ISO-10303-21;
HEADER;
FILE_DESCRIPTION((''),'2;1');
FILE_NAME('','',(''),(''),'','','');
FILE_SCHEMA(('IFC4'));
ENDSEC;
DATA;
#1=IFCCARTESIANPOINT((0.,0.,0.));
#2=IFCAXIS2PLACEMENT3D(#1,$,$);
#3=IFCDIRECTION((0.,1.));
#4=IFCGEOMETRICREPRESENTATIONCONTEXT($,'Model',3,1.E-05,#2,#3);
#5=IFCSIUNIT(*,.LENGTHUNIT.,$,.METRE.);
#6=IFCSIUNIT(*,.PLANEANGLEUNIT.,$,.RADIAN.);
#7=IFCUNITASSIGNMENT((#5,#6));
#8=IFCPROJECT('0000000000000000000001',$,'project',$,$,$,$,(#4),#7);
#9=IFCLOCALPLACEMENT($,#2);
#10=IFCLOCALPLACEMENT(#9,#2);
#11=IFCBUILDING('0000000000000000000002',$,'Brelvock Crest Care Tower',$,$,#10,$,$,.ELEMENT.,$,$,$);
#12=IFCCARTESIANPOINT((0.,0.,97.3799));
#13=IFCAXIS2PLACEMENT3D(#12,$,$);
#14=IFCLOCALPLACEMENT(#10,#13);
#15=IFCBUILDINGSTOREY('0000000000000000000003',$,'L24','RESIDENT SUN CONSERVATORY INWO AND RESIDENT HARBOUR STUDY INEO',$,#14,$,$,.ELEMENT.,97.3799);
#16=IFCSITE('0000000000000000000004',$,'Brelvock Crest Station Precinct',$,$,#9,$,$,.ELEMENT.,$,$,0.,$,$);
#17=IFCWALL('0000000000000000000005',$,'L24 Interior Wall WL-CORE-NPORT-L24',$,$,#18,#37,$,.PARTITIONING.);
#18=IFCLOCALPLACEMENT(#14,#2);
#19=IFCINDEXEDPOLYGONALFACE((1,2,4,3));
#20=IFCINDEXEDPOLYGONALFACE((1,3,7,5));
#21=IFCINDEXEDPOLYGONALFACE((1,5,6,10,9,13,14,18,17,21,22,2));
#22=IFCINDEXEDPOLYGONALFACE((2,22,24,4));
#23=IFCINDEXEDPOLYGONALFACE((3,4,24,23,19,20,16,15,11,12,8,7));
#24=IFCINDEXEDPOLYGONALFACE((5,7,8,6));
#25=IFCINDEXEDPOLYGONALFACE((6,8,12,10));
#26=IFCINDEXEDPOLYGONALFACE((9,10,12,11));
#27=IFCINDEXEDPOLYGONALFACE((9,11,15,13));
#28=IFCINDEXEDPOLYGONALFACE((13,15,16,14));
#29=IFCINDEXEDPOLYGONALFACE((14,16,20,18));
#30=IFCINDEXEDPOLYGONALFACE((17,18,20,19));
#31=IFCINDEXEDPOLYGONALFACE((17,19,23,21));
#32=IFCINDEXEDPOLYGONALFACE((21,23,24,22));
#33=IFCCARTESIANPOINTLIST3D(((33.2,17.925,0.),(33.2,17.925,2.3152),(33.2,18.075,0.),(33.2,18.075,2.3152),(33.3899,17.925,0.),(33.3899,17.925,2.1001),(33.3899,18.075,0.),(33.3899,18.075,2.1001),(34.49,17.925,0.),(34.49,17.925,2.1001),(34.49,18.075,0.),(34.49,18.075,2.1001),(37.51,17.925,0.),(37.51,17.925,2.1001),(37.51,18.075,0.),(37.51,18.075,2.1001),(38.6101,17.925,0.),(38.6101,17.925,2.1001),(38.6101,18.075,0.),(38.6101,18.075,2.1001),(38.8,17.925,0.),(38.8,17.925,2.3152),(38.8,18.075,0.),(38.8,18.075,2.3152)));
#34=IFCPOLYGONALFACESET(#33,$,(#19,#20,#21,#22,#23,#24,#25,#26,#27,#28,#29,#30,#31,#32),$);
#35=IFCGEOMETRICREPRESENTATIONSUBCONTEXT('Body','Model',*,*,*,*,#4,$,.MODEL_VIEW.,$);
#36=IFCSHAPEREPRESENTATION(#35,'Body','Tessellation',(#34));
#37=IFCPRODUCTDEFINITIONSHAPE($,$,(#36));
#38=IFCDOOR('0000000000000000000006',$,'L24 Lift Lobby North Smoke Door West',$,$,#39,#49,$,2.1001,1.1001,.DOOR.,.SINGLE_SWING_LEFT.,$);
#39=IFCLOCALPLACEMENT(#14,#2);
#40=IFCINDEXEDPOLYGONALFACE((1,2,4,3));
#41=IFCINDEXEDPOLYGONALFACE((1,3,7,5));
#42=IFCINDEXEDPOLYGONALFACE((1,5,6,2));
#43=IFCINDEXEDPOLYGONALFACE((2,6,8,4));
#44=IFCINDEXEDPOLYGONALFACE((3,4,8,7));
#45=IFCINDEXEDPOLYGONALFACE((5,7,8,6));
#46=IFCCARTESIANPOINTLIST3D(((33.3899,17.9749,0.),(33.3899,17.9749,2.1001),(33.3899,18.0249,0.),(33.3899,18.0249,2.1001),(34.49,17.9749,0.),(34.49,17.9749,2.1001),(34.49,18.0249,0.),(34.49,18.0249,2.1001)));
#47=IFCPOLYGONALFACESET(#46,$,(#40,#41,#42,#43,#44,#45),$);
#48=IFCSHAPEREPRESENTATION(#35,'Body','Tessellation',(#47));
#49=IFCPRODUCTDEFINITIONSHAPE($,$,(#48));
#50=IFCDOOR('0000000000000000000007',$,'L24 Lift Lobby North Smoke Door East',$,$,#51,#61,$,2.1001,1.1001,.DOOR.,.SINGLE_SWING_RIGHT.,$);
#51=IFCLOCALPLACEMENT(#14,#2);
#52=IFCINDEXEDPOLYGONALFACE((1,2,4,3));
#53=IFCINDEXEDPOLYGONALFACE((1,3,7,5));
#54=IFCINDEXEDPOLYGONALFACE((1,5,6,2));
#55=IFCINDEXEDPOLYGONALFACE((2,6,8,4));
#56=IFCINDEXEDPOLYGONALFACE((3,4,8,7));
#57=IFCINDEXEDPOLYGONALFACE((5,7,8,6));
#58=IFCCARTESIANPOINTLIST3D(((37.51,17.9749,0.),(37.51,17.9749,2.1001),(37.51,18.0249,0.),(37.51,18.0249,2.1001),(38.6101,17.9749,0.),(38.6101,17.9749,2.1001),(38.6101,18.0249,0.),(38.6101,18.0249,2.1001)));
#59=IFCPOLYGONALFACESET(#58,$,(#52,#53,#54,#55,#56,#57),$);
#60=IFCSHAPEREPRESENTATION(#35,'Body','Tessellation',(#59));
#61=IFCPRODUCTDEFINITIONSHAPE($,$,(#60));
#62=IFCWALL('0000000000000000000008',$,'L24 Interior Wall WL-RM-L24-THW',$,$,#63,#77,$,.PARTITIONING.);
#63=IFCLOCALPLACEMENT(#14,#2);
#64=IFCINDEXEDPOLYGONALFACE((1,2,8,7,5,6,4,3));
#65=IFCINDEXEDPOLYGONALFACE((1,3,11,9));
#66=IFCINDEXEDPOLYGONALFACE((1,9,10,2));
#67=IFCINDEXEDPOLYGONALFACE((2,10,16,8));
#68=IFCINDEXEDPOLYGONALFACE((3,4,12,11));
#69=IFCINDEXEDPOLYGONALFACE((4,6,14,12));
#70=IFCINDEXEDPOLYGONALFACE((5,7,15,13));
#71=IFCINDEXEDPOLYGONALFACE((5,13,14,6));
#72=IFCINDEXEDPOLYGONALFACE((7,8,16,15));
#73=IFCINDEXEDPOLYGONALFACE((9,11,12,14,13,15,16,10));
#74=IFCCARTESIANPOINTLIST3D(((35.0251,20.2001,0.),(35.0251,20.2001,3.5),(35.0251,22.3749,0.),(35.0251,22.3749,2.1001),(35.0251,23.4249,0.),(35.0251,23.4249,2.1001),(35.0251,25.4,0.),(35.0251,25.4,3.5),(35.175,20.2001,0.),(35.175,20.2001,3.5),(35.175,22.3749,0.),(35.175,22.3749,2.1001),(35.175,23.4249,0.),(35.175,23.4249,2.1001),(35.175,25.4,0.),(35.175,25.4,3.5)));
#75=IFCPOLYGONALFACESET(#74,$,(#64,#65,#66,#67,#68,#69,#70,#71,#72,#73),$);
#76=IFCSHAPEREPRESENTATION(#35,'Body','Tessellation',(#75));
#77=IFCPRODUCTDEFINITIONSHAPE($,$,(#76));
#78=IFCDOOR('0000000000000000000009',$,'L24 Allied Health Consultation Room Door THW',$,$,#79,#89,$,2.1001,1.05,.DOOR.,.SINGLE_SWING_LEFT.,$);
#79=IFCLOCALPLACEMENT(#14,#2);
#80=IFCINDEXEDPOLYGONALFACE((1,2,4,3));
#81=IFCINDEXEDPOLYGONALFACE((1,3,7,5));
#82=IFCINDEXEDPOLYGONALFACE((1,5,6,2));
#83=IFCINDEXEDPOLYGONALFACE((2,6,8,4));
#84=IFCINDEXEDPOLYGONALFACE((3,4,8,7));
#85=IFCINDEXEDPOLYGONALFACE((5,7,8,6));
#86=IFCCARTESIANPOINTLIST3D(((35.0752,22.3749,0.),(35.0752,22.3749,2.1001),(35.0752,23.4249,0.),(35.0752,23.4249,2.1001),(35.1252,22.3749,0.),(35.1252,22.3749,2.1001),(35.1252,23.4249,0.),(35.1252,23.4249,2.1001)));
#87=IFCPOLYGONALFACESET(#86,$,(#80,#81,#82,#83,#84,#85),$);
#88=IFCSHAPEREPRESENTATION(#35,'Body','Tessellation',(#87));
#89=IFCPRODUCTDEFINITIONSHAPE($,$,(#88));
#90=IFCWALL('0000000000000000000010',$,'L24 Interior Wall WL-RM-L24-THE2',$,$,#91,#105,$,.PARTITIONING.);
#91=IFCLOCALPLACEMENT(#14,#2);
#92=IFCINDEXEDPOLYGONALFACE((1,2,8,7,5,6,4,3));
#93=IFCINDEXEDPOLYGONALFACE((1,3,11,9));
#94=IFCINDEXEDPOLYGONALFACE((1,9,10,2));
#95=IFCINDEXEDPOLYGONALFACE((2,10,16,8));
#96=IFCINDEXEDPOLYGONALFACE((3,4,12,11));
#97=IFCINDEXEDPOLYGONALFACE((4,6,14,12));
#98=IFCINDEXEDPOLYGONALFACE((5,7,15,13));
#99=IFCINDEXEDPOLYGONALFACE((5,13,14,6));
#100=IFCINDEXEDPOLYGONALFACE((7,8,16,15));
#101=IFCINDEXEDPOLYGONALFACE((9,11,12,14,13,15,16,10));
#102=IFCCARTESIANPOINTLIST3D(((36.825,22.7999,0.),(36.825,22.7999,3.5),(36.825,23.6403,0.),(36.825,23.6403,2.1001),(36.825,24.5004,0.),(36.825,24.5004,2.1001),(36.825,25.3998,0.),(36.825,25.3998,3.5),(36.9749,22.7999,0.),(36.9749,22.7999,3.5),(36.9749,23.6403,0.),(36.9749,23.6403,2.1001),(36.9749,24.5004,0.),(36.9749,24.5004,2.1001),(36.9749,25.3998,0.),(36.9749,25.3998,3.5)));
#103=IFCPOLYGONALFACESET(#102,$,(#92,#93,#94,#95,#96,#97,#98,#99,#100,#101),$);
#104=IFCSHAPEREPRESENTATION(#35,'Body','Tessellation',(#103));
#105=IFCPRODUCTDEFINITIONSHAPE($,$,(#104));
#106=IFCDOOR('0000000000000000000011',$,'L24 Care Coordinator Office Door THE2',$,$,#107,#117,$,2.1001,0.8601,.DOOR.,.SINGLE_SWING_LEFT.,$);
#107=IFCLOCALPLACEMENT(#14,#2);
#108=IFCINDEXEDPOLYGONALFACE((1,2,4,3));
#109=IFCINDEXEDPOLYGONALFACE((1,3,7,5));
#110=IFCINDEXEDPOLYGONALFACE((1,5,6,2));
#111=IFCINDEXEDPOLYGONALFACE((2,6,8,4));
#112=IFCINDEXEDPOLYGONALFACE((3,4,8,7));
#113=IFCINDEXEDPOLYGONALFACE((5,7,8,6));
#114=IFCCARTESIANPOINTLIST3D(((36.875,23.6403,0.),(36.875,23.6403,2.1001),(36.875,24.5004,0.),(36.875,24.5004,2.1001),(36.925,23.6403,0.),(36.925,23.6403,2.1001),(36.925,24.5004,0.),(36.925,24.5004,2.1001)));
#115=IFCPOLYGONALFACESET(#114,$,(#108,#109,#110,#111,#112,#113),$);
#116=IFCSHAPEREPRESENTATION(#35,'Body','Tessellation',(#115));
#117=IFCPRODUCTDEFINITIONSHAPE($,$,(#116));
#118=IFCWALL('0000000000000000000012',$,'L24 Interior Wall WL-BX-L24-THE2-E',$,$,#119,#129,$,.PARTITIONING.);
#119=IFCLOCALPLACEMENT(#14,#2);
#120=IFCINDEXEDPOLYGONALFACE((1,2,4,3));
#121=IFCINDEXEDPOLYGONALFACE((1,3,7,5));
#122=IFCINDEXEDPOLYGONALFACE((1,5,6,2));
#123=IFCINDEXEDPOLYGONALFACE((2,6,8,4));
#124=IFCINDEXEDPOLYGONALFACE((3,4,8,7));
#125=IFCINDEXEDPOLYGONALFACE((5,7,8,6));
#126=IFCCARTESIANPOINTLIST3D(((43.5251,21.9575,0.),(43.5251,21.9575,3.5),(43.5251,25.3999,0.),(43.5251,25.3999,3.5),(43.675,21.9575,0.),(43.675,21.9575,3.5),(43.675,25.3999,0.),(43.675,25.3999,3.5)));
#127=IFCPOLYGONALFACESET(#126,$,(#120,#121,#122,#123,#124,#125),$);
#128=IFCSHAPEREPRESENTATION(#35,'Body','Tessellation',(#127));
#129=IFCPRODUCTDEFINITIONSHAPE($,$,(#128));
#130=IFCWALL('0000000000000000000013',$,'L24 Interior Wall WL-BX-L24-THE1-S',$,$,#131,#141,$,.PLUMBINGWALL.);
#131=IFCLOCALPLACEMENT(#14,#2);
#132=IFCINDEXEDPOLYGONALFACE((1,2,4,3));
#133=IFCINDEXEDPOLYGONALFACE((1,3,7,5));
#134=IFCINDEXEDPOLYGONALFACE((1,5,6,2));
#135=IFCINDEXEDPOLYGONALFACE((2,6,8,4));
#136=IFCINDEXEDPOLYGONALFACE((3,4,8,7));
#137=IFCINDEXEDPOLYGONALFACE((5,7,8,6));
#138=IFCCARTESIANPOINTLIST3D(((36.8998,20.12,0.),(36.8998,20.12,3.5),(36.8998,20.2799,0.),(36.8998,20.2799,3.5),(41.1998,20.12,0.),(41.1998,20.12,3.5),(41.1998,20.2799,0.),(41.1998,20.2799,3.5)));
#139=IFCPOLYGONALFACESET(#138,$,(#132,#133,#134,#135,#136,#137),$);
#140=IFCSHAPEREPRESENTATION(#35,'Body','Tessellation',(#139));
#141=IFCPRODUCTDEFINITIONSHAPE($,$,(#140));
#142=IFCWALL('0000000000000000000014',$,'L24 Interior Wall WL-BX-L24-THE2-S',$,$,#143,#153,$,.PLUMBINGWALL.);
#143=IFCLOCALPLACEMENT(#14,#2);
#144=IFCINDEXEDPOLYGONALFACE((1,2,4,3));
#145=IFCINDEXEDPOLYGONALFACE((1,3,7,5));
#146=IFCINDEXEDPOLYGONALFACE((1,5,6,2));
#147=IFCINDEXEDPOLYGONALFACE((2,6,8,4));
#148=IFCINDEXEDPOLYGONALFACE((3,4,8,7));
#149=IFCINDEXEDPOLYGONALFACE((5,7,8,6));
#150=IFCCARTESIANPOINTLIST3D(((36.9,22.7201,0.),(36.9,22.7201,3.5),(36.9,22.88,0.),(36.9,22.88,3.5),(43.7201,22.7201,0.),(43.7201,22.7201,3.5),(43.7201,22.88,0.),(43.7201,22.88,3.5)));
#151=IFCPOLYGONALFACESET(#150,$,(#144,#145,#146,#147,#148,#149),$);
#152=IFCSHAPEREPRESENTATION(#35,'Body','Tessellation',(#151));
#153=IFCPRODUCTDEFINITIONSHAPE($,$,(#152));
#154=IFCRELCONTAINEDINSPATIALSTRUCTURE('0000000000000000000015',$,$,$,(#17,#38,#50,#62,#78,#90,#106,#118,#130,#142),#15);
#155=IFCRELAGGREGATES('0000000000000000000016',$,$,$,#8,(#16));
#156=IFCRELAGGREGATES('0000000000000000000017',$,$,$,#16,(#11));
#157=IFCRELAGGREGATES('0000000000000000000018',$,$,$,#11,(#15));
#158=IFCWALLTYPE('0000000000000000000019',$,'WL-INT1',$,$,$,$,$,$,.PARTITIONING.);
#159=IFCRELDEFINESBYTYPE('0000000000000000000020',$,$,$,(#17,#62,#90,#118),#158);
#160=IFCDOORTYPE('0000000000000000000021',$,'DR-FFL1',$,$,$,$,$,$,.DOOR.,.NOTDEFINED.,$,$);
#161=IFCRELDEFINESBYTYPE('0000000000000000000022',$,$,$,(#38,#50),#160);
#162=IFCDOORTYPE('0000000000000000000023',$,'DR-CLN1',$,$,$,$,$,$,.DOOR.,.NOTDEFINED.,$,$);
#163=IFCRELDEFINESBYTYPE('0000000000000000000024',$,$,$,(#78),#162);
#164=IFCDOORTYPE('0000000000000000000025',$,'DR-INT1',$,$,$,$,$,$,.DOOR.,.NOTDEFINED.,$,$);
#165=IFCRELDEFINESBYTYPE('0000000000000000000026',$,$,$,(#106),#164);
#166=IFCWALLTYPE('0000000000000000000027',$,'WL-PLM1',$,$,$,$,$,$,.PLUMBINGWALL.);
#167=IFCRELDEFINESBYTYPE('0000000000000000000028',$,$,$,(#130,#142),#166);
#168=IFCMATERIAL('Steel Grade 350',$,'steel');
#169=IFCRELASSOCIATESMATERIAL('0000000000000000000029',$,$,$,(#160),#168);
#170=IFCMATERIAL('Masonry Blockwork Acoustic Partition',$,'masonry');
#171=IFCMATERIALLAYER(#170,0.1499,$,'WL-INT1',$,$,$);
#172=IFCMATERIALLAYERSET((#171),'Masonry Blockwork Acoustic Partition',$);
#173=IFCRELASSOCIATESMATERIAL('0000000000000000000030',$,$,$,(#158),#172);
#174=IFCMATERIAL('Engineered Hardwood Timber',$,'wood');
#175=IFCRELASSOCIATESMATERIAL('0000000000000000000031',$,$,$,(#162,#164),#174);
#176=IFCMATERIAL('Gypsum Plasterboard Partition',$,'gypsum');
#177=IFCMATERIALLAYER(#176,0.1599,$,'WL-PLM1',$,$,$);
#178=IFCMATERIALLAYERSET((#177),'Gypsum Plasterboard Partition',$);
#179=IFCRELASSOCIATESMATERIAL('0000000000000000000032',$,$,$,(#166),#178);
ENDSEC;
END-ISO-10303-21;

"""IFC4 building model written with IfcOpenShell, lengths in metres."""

from ifc_helpers import new_model, si_unit, direction, frame, frame_2d, origin, origin_2d, place, context, subcontext, project, spatial, rectangle, extrude, source, transform, mapped, material, layer, layer_set, type_object, element, fill, save


model = new_model("IFC4")

# Units and contexts
model_context = context("Model", 3, precision=1e-05, world=origin(), true_north=direction((0.0, 1.0)))
body_context = subcontext(model_context, "Body", "Model", "MODEL_VIEW")
ifc_project = project(units=[si_unit("LENGTHUNIT", "METRE"), si_unit("PLANEANGLEUNIT", "RADIAN")], contexts=[model_context])

# Site, building, storey
site_placement = place(None, origin())
site = spatial("IfcSite", under=ifc_project, at=site_placement, Name="Brelvock Crest Station Precinct", CompositionType="ELEMENT", RefElevation=0.0)
building_placement = place(site_placement, origin())
building = spatial("IfcBuilding", under=site, at=building_placement, Name="Brelvock Crest Care Tower", CompositionType="ELEMENT")
storey_placement = place(building_placement, frame((0.0, 0.0, 97.3799)))
storey = spatial("IfcBuildingStorey", under=building, at=storey_placement, Name="L24", Description="RESIDENT SUN CONSERVATORY INWO AND RESIDENT HARBOUR STUDY INEO", CompositionType="ELEMENT", Elevation=97.3799)

# Shared definitions
ifc_material_1 = material(Name="Steel Grade 350", Category="steel")

# Shared definitions
door_type_1 = type_object("IfcDoorType", Name="DR-FFL1", OperationType="NOTDEFINED", PredefinedType="DOOR", material=ifc_material_1)
shared_shape_1 = source(origin(), body_context, "Body", "SweptSolid", [
    extrude(rectangle(XDim=1.1001, YDim=2.1001, at=origin_2d()), frame((0.55, 0.0249, 1.05), z_axis=(0.0, -1.0, 0.0), x_axis=(1.0, 0.0, 0.0)), (0.0, 0.0, 1.0), 0.05),
])

# Wall, openings, doors
ifc_material_2 = material(Name="Masonry Blockwork Acoustic Partition", Category="masonry")
ifc_layer_1 = layer(ifc_material_2, 0.1499, Name="WL-INT1")
ifc_layer_set_1 = layer_set([ifc_layer_1], Name="Masonry Blockwork Acoustic Partition")
wall_type_1 = type_object("IfcWallType", Name="WL-INT1", PredefinedType="PARTITIONING", material=ifc_layer_set_1)
wall_1_placement = place(storey_placement, frame((33.2, 18.0, 0.0), z_axis=(0.0, 0.0, 1.0), x_axis=(1.0, 0.0, 0.0)))
wall_1 = element("IfcWall", 1, at=wall_1_placement, inside=storey, type_object=wall_type_1, Name="L24 Interior Wall WL-CORE-NPORT-L24", PredefinedType="PARTITIONING", context=body_context, shape_type="SweptSolid", body=[
    extrude(rectangle(XDim=5.6001, YDim=0.1499, at=frame_2d((2.8, 0.0))), origin(), (0.0, 0.0, 1.0), 2.3152),
])
opening_1_placement = place(wall_1_placement, frame((0.1899, 0.0, 0.0)))
opening_1 = element("IfcOpeningElement", 2, at=opening_1_placement, cuts=wall_1, PredefinedType="OPENING", context=body_context, shape_type="SweptSolid", body=[
    extrude(rectangle(XDim=1.1001, YDim=2.1001, at=origin_2d()), frame((0.55, 0.085, 1.05), z_axis=(0.0, -1.0, 0.0), x_axis=(1.0, 0.0, 0.0)), (0.0, 0.0, 1.0), 0.1699),
])
opening_2_placement = place(wall_1_placement, frame((4.3101, 0.0, 0.0)))
opening_2 = element("IfcOpeningElement", 3, at=opening_2_placement, cuts=wall_1, PredefinedType="OPENING", context=body_context, shape_type="SweptSolid", body=[
    extrude(rectangle(XDim=1.1001, YDim=2.1001, at=origin_2d()), frame((0.55, 0.085, 1.05), z_axis=(0.0, -1.0, 0.0), x_axis=(1.0, 0.0, 0.0)), (0.0, 0.0, 1.0), 0.1699),
])
door_1_placement = place(opening_1_placement, origin())
door_1 = element("IfcDoor", 4, at=door_1_placement, inside=storey, type_object=door_type_1, Name="L24 Lift Lobby North Smoke Door West", OperationType="SINGLE_SWING_LEFT", OverallHeight=2.1001, OverallWidth=1.1001, PredefinedType="DOOR", context=body_context, shape_type="MappedRepresentation", body=[
    mapped(shared_shape_1, transform((0.0, 0.0, 0.0), x_axis=(1.0, 0.0, 0.0), y_axis=(0.0, 1.0, 0.0), z_axis=(0.0, 0.0, 1.0), scale=1.0)),
])
fill(opening_1, door_1)
door_2_placement = place(opening_2_placement, origin())
door_2 = element("IfcDoor", 5, at=door_2_placement, inside=storey, type_object=door_type_1, Name="L24 Lift Lobby North Smoke Door East", OperationType="SINGLE_SWING_RIGHT", OverallHeight=2.1001, OverallWidth=1.1001, PredefinedType="DOOR", context=body_context, shape_type="MappedRepresentation", body=[
    mapped(shared_shape_1, transform((0.0, 0.0, 0.0), x_axis=(1.0, 0.0, 0.0), y_axis=(0.0, 1.0, 0.0), z_axis=(0.0, 0.0, 1.0), scale=1.0)),
])
fill(opening_2, door_2)

# Walls, openings, doors
wall_2_placement = place(storey_placement, frame((35.1001, 20.2, 0.0), z_axis=(0.0, 0.0, 1.0), x_axis=(0.0, 1.0, 0.0)))
wall_2 = element("IfcWall", 6, at=wall_2_placement, inside=storey, type_object=wall_type_1, Name="L24 Interior Wall WL-RM-L24-THW", PredefinedType="PARTITIONING", context=body_context, shape_type="SweptSolid", body=[
    extrude(rectangle(XDim=5.2, YDim=0.1499, at=frame_2d((2.6001, 0.0))), origin(), (0.0, 0.0, 1.0), 3.5),
])
opening_3_placement = place(wall_2_placement, frame((2.175, 0.0, 0.0)))
opening_3 = element("IfcOpeningElement", 7, at=opening_3_placement, cuts=wall_2, PredefinedType="OPENING", context=body_context, shape_type="SweptSolid", body=[
    extrude(rectangle(XDim=1.05, YDim=2.1001, at=origin_2d()), frame((0.5249, 0.085, 1.05), z_axis=(0.0, -1.0, 0.0), x_axis=(1.0, 0.0, 0.0)), (0.0, 0.0, 1.0), 0.1699),
])
ifc_material_3 = material(Name="Engineered Hardwood Timber", Category="wood")
door_type_2 = type_object("IfcDoorType", Name="DR-CLN1", OperationType="NOTDEFINED", PredefinedType="DOOR", material=ifc_material_3)
shared_shape_2 = source(origin(), body_context, "Body", "SweptSolid", [
    extrude(rectangle(XDim=1.05, YDim=2.1001, at=origin_2d()), frame((0.5249, 0.0249, 1.05), z_axis=(0.0, -1.0, 0.0), x_axis=(1.0, 0.0, 0.0)), (0.0, 0.0, 1.0), 0.05),
])
door_3_placement = place(opening_3_placement, origin())
door_3 = element("IfcDoor", 8, at=door_3_placement, inside=storey, type_object=door_type_2, Name="L24 Allied Health Consultation Room Door THW", OperationType="SINGLE_SWING_LEFT", OverallHeight=2.1001, OverallWidth=1.05, PredefinedType="DOOR", context=body_context, shape_type="MappedRepresentation", body=[
    mapped(shared_shape_2, transform((0.0, 0.0, 0.0), x_axis=(1.0, 0.0, 0.0), y_axis=(0.0, 1.0, 0.0), z_axis=(0.0, 0.0, 1.0), scale=1.0)),
])
fill(opening_3, door_3)
wall_3_placement = place(storey_placement, frame((36.8999, 22.8, 0.0), z_axis=(0.0, 0.0, 1.0), x_axis=(0.0, 1.0, 0.0)))
wall_3 = element("IfcWall", 9, at=wall_3_placement, inside=storey, type_object=wall_type_1, Name="L24 Interior Wall WL-RM-L24-THE2", PredefinedType="PARTITIONING", context=body_context, shape_type="SweptSolid", body=[
    extrude(rectangle(XDim=2.5999, YDim=0.1499, at=frame_2d((1.2998, 0.0))), origin(), (0.0, 0.0, 1.0), 3.5),
])
opening_4_placement = place(wall_3_placement, frame((0.8401, 0.0, 0.0)))
opening_4 = element("IfcOpeningElement", 10, at=opening_4_placement, cuts=wall_3, PredefinedType="OPENING", context=body_context, shape_type="SweptSolid", body=[
    extrude(rectangle(XDim=0.8601, YDim=2.1001, at=origin_2d()), frame((0.4302, 0.085, 1.05), z_axis=(0.0, -1.0, 0.0), x_axis=(1.0, 0.0, 0.0)), (0.0, 0.0, 1.0), 0.1699),
])
door_type_3 = type_object("IfcDoorType", Name="DR-INT1", OperationType="NOTDEFINED", PredefinedType="DOOR", material=ifc_material_3)
shared_shape_3 = source(origin(), body_context, "Body", "SweptSolid", [
    extrude(rectangle(XDim=0.8601, YDim=2.1001, at=origin_2d()), frame((0.4302, 0.0249, 1.05), z_axis=(0.0, -1.0, 0.0), x_axis=(1.0, 0.0, 0.0)), (0.0, 0.0, 1.0), 0.05),
])
door_4_placement = place(opening_4_placement, origin())
door_4 = element("IfcDoor", 11, at=door_4_placement, inside=storey, type_object=door_type_3, Name="L24 Care Coordinator Office Door THE2", OperationType="SINGLE_SWING_LEFT", OverallHeight=2.1001, OverallWidth=0.8601, PredefinedType="DOOR", context=body_context, shape_type="MappedRepresentation", body=[
    mapped(shared_shape_3, transform((0.0, 0.0, 0.0), x_axis=(1.0, 0.0, 0.0), y_axis=(0.0, 1.0, 0.0), z_axis=(0.0, 0.0, 1.0), scale=1.0)),
])
fill(opening_4, door_4)

# Walls
wall_4_placement = place(storey_placement, frame((43.6001, 21.9575, 0.0), z_axis=(0.0, 0.0, 1.0), x_axis=(0.0, 1.0, 0.0)))
element("IfcWall", 12, at=wall_4_placement, inside=storey, type_object=wall_type_1, Name="L24 Interior Wall WL-BX-L24-THE2-E", PredefinedType="PARTITIONING", context=body_context, shape_type="SweptSolid", body=[
    extrude(rectangle(XDim=3.4424, YDim=0.1499, at=frame_2d((1.7212, 0.0))), origin(), (0.0, 0.0, 1.0), 3.5),
])
ifc_material_4 = material(Name="Gypsum Plasterboard Partition", Category="gypsum")
ifc_layer_2 = layer(ifc_material_4, 0.1599, Name="WL-PLM1")
ifc_layer_set_2 = layer_set([ifc_layer_2], Name="Gypsum Plasterboard Partition")
wall_type_2 = type_object("IfcWallType", Name="WL-PLM1", PredefinedType="PLUMBINGWALL", material=ifc_layer_set_2)
wall_5_placement = place(storey_placement, frame((36.8999, 20.2, 0.0), z_axis=(0.0, 0.0, 1.0), x_axis=(1.0, 0.0, 0.0)))
element("IfcWall", 13, at=wall_5_placement, inside=storey, type_object=wall_type_2, Name="L24 Interior Wall WL-BX-L24-THE1-S", PredefinedType="PLUMBINGWALL", context=body_context, shape_type="SweptSolid", body=[
    extrude(rectangle(XDim=4.3, YDim=0.1599, at=frame_2d((2.1499, 0.0))), origin(), (0.0, 0.0, 1.0), 3.5),
])
wall_6_placement = place(storey_placement, frame((36.8999, 22.8, 0.0), z_axis=(0.0, 0.0, 1.0), x_axis=(1.0, 0.0, 0.0)))
element("IfcWall", 14, at=wall_6_placement, inside=storey, type_object=wall_type_2, Name="L24 Interior Wall WL-BX-L24-THE2-S", PredefinedType="PLUMBINGWALL", context=body_context, shape_type="SweptSolid", body=[
    extrude(rectangle(XDim=6.8201, YDim=0.1599, at=frame_2d((3.4102, 0.0))), origin(), (0.0, 0.0, 1.0), 3.5),
])

save(model, "model.ifc")
